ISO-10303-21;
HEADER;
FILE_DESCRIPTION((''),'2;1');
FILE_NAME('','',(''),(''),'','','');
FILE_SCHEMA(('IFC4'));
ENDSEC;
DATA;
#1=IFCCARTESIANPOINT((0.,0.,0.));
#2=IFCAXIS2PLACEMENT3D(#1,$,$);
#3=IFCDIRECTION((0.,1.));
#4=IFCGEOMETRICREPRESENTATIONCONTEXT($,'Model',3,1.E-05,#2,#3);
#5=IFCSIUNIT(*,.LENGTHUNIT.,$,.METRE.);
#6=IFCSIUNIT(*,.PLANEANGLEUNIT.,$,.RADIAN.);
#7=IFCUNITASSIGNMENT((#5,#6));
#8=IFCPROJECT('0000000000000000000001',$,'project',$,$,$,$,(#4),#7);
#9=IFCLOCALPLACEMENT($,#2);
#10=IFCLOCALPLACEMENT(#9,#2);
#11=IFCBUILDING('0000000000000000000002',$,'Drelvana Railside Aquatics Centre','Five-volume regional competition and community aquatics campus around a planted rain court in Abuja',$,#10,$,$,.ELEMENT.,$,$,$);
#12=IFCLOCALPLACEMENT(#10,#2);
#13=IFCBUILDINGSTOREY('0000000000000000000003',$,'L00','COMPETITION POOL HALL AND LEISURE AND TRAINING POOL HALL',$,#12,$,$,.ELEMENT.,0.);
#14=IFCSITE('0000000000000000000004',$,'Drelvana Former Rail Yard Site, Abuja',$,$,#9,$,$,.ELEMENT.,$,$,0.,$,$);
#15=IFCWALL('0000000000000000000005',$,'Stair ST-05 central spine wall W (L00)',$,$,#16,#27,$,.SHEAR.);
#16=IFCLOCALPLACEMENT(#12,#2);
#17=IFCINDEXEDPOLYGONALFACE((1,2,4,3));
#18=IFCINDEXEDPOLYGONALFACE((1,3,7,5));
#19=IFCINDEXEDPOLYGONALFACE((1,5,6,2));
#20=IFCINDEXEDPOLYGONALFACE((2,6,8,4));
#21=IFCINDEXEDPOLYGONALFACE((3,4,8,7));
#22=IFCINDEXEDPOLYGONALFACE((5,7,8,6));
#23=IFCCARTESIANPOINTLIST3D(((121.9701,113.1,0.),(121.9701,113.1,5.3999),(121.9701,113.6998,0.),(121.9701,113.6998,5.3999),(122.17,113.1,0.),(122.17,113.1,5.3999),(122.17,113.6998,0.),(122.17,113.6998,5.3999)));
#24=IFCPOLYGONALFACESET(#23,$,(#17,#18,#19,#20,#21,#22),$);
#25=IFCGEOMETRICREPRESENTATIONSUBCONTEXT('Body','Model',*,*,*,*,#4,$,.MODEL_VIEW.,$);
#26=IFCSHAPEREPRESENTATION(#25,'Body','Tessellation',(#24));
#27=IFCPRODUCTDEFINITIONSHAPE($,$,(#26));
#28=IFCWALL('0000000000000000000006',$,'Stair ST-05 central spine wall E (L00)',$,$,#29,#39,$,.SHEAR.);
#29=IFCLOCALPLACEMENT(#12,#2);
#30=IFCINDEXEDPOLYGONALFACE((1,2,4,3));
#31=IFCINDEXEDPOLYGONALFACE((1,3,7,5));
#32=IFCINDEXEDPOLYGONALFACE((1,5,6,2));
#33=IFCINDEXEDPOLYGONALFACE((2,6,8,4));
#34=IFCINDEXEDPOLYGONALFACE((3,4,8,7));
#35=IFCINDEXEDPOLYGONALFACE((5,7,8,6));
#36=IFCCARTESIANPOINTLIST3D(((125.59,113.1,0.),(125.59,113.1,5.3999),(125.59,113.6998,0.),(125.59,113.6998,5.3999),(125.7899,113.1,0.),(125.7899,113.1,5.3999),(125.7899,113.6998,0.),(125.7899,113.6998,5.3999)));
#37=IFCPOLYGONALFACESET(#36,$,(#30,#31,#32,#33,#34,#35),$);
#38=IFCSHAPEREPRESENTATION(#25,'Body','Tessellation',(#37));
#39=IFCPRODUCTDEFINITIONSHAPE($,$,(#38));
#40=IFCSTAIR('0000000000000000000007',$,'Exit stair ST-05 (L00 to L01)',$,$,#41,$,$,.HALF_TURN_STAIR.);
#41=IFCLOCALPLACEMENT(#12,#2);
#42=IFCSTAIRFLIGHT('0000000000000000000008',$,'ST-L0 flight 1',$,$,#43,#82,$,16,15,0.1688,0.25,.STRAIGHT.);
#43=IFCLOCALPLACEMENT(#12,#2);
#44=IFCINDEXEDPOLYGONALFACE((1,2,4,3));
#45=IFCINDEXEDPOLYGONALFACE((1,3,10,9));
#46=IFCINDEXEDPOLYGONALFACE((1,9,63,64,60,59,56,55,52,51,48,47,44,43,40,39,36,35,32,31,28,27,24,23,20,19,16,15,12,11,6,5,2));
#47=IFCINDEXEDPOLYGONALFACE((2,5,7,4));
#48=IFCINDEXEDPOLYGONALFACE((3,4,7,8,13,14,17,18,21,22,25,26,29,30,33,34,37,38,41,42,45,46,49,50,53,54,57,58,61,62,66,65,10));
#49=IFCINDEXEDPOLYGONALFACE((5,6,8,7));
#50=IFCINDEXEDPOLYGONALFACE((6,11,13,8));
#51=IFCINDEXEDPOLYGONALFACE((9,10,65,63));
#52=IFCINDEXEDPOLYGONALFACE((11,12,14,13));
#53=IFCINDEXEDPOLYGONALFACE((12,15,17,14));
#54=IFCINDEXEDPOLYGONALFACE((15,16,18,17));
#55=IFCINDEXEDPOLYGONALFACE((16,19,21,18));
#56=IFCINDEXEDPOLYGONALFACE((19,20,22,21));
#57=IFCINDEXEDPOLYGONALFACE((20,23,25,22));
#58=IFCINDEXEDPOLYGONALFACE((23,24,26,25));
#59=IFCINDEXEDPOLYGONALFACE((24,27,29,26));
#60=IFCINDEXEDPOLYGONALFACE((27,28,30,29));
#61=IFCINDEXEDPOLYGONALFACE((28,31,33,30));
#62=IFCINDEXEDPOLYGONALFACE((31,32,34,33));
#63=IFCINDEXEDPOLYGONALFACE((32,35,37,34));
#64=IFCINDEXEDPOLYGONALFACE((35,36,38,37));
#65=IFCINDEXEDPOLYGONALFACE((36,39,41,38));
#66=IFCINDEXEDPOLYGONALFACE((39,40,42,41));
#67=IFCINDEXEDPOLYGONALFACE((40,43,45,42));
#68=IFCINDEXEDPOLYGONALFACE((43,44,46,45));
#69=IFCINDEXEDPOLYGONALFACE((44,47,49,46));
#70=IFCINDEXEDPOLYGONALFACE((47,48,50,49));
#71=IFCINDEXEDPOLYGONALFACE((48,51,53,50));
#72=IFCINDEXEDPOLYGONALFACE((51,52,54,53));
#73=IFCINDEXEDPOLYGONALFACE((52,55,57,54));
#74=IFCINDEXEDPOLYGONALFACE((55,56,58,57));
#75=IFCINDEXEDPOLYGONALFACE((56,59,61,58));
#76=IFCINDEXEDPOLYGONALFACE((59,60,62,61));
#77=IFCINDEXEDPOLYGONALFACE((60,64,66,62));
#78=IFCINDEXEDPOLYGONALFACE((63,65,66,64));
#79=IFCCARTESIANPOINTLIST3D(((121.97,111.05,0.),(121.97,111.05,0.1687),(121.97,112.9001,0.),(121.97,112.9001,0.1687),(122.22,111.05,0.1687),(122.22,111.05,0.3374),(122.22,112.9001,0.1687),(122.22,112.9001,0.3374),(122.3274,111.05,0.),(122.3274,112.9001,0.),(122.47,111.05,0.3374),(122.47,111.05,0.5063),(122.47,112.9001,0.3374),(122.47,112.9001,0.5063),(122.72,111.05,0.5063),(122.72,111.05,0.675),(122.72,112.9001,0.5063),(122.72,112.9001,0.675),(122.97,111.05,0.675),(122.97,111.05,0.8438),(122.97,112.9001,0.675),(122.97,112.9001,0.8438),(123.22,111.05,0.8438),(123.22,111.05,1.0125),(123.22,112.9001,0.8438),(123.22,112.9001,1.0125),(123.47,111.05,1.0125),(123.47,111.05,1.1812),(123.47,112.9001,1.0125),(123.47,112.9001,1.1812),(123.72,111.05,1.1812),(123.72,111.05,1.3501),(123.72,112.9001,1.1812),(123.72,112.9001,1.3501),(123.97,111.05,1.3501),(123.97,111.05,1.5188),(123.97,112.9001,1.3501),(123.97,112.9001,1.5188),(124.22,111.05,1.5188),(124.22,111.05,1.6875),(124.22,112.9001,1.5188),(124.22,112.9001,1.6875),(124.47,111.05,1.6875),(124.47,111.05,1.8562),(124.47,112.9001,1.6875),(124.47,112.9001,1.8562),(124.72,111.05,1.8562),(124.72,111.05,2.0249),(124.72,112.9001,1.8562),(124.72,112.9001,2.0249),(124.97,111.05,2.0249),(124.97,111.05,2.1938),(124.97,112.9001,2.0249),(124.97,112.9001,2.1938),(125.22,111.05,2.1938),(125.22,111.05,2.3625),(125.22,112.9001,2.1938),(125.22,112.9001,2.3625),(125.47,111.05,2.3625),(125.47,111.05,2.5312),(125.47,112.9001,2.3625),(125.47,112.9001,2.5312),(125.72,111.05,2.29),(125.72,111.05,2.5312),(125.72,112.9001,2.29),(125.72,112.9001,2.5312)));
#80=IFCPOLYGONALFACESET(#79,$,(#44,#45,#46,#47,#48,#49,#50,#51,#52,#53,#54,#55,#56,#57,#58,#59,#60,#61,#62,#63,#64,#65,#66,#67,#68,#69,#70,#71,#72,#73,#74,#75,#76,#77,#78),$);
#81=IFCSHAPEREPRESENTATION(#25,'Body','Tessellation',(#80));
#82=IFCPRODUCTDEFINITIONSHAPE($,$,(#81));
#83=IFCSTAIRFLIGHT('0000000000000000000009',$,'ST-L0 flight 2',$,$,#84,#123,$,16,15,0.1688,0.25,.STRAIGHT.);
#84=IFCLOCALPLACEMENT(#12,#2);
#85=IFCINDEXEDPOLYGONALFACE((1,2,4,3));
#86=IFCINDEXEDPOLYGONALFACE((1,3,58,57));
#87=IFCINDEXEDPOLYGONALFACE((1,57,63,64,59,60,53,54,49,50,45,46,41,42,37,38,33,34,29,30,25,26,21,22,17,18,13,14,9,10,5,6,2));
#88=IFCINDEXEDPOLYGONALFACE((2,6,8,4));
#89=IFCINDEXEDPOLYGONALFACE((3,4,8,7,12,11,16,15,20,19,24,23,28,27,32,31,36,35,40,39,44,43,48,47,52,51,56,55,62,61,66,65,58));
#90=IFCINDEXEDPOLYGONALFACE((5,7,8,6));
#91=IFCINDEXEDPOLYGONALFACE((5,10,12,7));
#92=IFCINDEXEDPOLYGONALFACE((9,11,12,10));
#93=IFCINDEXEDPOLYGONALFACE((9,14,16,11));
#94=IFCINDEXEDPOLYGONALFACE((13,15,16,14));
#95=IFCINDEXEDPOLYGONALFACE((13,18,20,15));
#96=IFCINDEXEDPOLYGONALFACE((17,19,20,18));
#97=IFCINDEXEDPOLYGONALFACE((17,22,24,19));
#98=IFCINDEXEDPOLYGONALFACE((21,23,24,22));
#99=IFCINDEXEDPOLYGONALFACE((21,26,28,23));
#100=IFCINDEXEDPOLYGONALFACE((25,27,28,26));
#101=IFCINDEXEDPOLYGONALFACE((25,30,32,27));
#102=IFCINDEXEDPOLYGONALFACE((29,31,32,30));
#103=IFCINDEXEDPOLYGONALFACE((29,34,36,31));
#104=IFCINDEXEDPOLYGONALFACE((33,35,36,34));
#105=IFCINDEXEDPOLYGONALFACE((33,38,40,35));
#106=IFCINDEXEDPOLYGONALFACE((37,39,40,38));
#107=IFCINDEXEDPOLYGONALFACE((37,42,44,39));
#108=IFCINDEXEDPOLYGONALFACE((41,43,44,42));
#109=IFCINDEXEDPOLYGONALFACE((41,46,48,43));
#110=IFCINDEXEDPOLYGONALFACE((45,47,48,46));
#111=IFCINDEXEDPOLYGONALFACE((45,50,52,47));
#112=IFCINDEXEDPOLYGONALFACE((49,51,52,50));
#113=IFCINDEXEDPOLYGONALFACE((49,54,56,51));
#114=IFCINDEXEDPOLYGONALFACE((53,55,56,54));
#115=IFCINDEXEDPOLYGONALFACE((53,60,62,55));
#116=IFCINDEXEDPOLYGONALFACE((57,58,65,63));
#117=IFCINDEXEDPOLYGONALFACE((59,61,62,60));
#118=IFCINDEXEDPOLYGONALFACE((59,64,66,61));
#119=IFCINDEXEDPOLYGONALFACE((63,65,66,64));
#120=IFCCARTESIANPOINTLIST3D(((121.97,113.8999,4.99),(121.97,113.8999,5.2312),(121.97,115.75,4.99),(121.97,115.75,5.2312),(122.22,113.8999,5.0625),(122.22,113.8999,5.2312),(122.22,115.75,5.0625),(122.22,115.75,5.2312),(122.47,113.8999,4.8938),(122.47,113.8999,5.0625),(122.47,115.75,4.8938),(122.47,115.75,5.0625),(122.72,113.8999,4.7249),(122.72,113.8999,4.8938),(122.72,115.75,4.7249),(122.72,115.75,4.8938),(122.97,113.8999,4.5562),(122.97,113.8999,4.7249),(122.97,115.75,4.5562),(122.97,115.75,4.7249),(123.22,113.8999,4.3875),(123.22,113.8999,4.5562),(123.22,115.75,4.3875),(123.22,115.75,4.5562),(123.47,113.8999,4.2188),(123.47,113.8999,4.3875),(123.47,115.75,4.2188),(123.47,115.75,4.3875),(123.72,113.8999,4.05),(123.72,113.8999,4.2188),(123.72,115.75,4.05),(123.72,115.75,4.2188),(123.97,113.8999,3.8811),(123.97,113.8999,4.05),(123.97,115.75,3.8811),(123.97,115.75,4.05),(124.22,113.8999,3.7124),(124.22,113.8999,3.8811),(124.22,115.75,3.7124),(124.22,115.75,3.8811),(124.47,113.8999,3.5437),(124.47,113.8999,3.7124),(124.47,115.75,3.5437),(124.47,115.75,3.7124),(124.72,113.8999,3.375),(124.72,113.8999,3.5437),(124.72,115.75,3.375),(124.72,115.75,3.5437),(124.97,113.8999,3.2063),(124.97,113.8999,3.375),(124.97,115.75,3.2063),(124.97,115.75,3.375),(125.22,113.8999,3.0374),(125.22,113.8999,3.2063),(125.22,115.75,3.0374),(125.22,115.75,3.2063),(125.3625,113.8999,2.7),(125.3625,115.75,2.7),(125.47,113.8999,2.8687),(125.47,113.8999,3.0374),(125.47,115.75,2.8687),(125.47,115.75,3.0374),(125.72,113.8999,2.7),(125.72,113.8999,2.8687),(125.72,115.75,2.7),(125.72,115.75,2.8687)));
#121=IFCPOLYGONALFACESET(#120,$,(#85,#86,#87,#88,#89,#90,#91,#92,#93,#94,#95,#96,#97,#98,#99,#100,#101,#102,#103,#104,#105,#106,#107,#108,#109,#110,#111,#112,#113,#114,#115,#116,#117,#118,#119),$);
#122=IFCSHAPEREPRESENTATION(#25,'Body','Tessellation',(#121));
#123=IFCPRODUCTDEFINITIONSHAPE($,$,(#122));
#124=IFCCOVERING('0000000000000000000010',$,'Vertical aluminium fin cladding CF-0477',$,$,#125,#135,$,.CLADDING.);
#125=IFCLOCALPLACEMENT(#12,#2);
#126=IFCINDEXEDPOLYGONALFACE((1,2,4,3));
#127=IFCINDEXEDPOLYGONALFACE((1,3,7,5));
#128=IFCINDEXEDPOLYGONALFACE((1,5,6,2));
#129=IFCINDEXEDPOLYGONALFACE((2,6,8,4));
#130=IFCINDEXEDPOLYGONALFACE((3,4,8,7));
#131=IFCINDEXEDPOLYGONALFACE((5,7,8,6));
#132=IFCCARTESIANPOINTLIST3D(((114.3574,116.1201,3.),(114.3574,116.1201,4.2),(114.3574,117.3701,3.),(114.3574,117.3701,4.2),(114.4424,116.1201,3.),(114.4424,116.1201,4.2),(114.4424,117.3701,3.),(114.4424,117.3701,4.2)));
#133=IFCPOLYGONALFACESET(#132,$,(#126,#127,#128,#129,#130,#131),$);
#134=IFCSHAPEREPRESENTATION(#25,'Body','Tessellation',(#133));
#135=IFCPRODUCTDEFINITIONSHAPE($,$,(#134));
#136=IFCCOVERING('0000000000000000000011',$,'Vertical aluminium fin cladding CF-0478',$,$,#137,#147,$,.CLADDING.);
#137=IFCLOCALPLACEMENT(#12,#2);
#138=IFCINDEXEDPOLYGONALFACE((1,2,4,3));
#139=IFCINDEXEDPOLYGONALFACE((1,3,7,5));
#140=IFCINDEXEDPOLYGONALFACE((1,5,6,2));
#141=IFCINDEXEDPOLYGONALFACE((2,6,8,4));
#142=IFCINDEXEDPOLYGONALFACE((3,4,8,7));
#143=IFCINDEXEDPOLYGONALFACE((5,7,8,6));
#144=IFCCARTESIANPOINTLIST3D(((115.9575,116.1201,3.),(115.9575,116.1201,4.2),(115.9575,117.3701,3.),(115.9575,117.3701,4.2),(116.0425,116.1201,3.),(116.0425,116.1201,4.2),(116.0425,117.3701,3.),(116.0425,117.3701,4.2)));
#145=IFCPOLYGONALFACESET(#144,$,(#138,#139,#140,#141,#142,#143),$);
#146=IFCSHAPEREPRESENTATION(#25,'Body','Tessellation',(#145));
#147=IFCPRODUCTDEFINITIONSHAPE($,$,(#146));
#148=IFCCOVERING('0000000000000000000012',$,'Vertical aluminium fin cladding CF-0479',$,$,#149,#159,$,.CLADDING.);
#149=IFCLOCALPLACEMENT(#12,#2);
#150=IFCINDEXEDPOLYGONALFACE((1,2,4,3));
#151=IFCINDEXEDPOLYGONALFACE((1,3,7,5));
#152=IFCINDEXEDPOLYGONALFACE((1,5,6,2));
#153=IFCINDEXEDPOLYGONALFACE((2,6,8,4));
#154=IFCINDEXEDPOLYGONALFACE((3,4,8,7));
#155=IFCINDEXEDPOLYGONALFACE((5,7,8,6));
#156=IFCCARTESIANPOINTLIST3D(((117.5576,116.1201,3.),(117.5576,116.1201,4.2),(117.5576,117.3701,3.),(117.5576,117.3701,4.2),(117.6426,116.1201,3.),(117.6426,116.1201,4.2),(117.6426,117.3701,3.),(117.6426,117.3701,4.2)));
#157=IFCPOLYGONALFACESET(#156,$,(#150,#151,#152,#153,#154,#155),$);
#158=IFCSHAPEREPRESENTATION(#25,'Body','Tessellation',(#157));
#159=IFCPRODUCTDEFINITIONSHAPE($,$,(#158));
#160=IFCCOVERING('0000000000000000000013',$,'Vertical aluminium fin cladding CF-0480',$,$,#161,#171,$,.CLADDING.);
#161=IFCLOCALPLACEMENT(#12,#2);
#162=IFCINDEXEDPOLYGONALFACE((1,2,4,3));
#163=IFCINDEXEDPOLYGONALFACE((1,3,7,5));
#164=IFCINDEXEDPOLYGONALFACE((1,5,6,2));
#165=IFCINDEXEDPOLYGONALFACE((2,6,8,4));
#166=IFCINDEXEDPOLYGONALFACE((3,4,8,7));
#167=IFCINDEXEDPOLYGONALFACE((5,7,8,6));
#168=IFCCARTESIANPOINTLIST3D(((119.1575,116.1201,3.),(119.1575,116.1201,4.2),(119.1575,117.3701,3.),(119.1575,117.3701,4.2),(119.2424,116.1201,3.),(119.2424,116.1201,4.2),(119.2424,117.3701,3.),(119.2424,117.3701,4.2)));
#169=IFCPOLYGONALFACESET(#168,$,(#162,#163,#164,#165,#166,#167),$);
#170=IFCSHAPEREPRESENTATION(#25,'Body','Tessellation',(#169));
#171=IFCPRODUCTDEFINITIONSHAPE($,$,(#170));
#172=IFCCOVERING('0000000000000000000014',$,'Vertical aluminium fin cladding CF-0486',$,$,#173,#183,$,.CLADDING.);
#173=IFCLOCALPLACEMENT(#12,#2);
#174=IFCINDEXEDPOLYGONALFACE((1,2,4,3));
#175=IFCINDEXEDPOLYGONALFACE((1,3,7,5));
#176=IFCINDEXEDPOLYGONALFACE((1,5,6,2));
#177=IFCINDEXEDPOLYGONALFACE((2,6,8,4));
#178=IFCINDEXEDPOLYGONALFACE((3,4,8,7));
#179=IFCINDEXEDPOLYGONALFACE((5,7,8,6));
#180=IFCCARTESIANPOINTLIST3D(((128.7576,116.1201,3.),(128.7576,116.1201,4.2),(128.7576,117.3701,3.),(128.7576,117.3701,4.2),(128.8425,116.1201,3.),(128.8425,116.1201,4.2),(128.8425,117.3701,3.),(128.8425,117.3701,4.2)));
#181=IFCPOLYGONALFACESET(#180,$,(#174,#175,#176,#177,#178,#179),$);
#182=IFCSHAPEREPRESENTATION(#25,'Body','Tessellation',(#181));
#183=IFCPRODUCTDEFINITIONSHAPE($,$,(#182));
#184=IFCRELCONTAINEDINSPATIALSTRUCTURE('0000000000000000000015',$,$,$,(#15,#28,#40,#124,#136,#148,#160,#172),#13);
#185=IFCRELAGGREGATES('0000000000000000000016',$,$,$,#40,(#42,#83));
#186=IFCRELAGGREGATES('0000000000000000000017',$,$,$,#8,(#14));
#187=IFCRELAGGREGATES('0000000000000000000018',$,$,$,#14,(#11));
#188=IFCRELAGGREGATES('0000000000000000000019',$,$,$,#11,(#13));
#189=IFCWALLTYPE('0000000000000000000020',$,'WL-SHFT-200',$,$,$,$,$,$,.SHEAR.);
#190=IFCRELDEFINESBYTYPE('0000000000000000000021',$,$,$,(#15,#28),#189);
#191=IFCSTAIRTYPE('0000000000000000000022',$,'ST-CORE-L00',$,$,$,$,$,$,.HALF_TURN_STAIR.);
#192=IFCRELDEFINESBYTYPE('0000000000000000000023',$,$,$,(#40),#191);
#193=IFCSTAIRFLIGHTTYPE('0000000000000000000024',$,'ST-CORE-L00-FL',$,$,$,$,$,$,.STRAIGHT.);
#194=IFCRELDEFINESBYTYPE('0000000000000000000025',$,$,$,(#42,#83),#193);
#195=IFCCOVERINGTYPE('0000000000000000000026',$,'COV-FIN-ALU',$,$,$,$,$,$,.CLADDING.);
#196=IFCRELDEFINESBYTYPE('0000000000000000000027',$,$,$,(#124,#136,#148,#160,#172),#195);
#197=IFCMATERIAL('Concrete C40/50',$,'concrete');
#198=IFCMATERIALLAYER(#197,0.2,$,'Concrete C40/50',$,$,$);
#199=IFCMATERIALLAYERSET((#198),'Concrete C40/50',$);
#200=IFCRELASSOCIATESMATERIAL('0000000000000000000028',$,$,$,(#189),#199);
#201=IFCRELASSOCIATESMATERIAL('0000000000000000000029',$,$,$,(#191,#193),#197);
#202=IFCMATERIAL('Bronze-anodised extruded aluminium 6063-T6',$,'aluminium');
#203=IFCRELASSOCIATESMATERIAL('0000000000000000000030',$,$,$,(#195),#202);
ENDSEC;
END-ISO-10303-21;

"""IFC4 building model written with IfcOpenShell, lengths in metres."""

from ifc_helpers import new_model, si_unit, direction, frame, frame_2d, origin, origin_2d, place, context, subcontext, project, spatial, polyline, rectangle, outline, extrude, material, layer, layer_set, type_object, element, aggregate, save


model = new_model("IFC4")

# Units and contexts
model_context = context("Model", 3, precision=1e-05, world=origin(), true_north=direction((0.0, 1.0)))
body_context = subcontext(model_context, "Body", "Model", "MODEL_VIEW")
ifc_project = project(units=[si_unit("LENGTHUNIT", "METRE"), si_unit("PLANEANGLEUNIT", "RADIAN")], contexts=[model_context])

# Site, building, storey
site_placement = place(None, origin())
site = spatial("IfcSite", under=ifc_project, at=site_placement, Name="Drelvana Former Rail Yard Site, Abuja", CompositionType="ELEMENT", RefElevation=0.0)
building_placement = place(site_placement, origin())
building = spatial("IfcBuilding", under=site, at=building_placement, Name="Drelvana Railside Aquatics Centre", Description="Five-volume regional competition and community aquatics campus around a planted rain court in Abuja", CompositionType="ELEMENT")
storey_placement = place(building_placement, origin())
storey = spatial("IfcBuildingStorey", under=building, at=storey_placement, Name="L00", Description="COMPETITION POOL HALL AND LEISURE AND TRAINING POOL HALL", CompositionType="ELEMENT", Elevation=0.0)

# Shared definitions
ifc_material_1 = material(Name="Concrete C40/50", Category="concrete")

# Walls
ifc_layer_1 = layer(ifc_material_1, 0.2, Name="Concrete C40/50")
ifc_layer_set_1 = layer_set([ifc_layer_1], Name="Concrete C40/50")
wall_type_1 = type_object("IfcWallType", Name="WL-SHFT-200", PredefinedType="SHEAR", material=ifc_layer_set_1)
for number, where, z_axis, x_axis, name in (
    (1, (122.0701, 113.1001, 0.0), (0.0, 0.0, 1.0), (0.0, 1.0, 0.0), "Stair ST-05 central spine wall W (L00)"),
    (2, (125.6899, 113.1001, 0.0), (0.0, 0.0, 1.0), (0.0, 1.0, 0.0), "Stair ST-05 central spine wall E (L00)"),
):
    element("IfcWall", number, at=place(storey_placement, frame(where, z_axis=z_axis, x_axis=x_axis)), inside=storey, type_object=wall_type_1, Name=name, PredefinedType="SHEAR", context=body_context, shape_type="SweptSolid", body=[
        extrude(rectangle(XDim=0.5999, YDim=0.2, at=frame_2d((0.2998, 0.0))), origin(), (0.0, 0.0, 1.0), 5.3999),
    ])

# Stair, stair flights
stair_type = type_object("IfcStairType", Name="ST-CORE-L00", PredefinedType="HALF_TURN_STAIR", material=ifc_material_1)
stair_placement = place(storey_placement, origin())
stair = element("IfcStair", 3, at=stair_placement, inside=storey, type_object=stair_type, Name="Exit stair ST-05 (L00 to L01)", PredefinedType="HALF_TURN_STAIR")
stair_flight_type = type_object("IfcStairFlightType", Name="ST-CORE-L00-FL", PredefinedType="STRAIGHT", material=ifc_material_1)
stair_flight_1_placement = place(storey_placement, frame((121.97, 111.9751, 0.0), z_axis=(0.0, 0.0, 1.0), x_axis=(1.0, 0.0, 0.0)))
stair_flight_1 = element("IfcStairFlight", 4, at=stair_flight_1_placement, type_object=stair_flight_type, Name="ST-L0 flight 1", NumberOfRisers=16, NumberOfTreads=15, PredefinedType="STRAIGHT", RiserHeight=0.1688, TreadLength=0.25, context=body_context, shape_type="SweptSolid", body=[
    extrude(outline(polyline([(0.0, 0.0), (0.0, 0.1687), (0.25, 0.1687), (0.25, 0.3374), (0.5, 0.3374), (0.5, 0.5063), (0.75, 0.5063), (0.75, 0.675), (1.0, 0.675), (1.0, 0.8438), (1.25, 0.8438), (1.25, 1.0125), (1.5, 1.0125), (1.5, 1.1812), (1.75, 1.1812), (1.75, 1.3501), (2.0, 1.3501), (2.0, 1.5188), (2.25, 1.5188), (2.25, 1.6875), (2.5, 1.6875), (2.5, 1.8562), (2.75, 1.8562), (2.75, 2.0249), (3.0, 2.0249), (3.0, 2.1938), (3.25, 2.1938), (3.25, 2.3625), (3.5, 2.3625), (3.5, 2.5312), (3.75, 2.5312), (3.75, 2.7), (3.75, 2.29), (0.3574, 0.0), (0.0, 0.0)])), frame((0.0, 0.925, 0.0), z_axis=(0.0, -1.0, 0.0), x_axis=(1.0, 0.0, 0.0)), (0.0, 0.0, 1.0), 1.8501),
])
stair_flight_2_placement = place(storey_placement, frame((125.72, 114.825, 2.7), z_axis=(0.0, 0.0, 1.0), x_axis=(-1.0, 0.0, 0.0)))
stair_flight_2 = element("IfcStairFlight", 5, at=stair_flight_2_placement, type_object=stair_flight_type, Name="ST-L0 flight 2", NumberOfRisers=16, NumberOfTreads=15, PredefinedType="STRAIGHT", RiserHeight=0.1688, TreadLength=0.25, context=body_context, shape_type="SweptSolid", body=[
    extrude(outline(polyline([(0.0, 0.0), (0.0, 0.1687), (0.25, 0.1687), (0.25, 0.3374), (0.5, 0.3374), (0.5, 0.5063), (0.75, 0.5063), (0.75, 0.675), (1.0, 0.675), (1.0, 0.8438), (1.25, 0.8438), (1.25, 1.0125), (1.5, 1.0125), (1.5, 1.1812), (1.75, 1.1812), (1.75, 1.3501), (2.0, 1.3501), (2.0, 1.5188), (2.25, 1.5188), (2.25, 1.6875), (2.5, 1.6875), (2.5, 1.8562), (2.75, 1.8562), (2.75, 2.0249), (3.0, 2.0249), (3.0, 2.1938), (3.25, 2.1938), (3.25, 2.3625), (3.5, 2.3625), (3.5, 2.5312), (3.75, 2.5312), (3.75, 2.7), (3.75, 2.29), (0.3574, 0.0), (0.0, 0.0)])), frame((0.0, 0.925, 0.0), z_axis=(0.0, -1.0, 0.0), x_axis=(1.0, 0.0, 0.0)), (0.0, 0.0, 1.0), 1.8501),
])
aggregate(stair, [stair_flight_1, stair_flight_2])

# Coverings
ifc_material_2 = material(Name="Bronze-anodised extruded aluminium 6063-T6", Category="aluminium")
covering_type = type_object("IfcCoveringType", Name="COV-FIN-ALU", PredefinedType="CLADDING", material=ifc_material_2)
for number, where, z_axis, x_axis, name in (
    (6, (114.3999, 116.7451, 3.0), (0.0, 0.0, 1.0), (1.0, 0.0, 0.0), "Vertical aluminium fin cladding CF-0477"),
    (7, (116.0, 116.7451, 3.0), (0.0, 0.0, 1.0), (1.0, 0.0, 0.0), "Vertical aluminium fin cladding CF-0478"),
    (8, (117.6001, 116.7451, 3.0), (0.0, 0.0, 1.0), (1.0, 0.0, 0.0), "Vertical aluminium fin cladding CF-0479"),
    (9, (119.2, 116.7451, 3.0), (0.0, 0.0, 1.0), (1.0, 0.0, 0.0), "Vertical aluminium fin cladding CF-0480"),
    (10, (128.8, 116.7451, 3.0), (0.0, 0.0, 1.0), (1.0, 0.0, 0.0), "Vertical aluminium fin cladding CF-0486"),
):
    element("IfcCovering", number, at=place(storey_placement, frame(where, z_axis=z_axis, x_axis=x_axis)), inside=storey, type_object=covering_type, Name=name, PredefinedType="CLADDING", context=body_context, shape_type="SweptSolid", body=[
        extrude(rectangle(XDim=0.085, YDim=1.25, at=origin_2d()), origin(), (0.0, 0.0, 1.0), 1.2),
    ])

save(model, "model.ifc")
